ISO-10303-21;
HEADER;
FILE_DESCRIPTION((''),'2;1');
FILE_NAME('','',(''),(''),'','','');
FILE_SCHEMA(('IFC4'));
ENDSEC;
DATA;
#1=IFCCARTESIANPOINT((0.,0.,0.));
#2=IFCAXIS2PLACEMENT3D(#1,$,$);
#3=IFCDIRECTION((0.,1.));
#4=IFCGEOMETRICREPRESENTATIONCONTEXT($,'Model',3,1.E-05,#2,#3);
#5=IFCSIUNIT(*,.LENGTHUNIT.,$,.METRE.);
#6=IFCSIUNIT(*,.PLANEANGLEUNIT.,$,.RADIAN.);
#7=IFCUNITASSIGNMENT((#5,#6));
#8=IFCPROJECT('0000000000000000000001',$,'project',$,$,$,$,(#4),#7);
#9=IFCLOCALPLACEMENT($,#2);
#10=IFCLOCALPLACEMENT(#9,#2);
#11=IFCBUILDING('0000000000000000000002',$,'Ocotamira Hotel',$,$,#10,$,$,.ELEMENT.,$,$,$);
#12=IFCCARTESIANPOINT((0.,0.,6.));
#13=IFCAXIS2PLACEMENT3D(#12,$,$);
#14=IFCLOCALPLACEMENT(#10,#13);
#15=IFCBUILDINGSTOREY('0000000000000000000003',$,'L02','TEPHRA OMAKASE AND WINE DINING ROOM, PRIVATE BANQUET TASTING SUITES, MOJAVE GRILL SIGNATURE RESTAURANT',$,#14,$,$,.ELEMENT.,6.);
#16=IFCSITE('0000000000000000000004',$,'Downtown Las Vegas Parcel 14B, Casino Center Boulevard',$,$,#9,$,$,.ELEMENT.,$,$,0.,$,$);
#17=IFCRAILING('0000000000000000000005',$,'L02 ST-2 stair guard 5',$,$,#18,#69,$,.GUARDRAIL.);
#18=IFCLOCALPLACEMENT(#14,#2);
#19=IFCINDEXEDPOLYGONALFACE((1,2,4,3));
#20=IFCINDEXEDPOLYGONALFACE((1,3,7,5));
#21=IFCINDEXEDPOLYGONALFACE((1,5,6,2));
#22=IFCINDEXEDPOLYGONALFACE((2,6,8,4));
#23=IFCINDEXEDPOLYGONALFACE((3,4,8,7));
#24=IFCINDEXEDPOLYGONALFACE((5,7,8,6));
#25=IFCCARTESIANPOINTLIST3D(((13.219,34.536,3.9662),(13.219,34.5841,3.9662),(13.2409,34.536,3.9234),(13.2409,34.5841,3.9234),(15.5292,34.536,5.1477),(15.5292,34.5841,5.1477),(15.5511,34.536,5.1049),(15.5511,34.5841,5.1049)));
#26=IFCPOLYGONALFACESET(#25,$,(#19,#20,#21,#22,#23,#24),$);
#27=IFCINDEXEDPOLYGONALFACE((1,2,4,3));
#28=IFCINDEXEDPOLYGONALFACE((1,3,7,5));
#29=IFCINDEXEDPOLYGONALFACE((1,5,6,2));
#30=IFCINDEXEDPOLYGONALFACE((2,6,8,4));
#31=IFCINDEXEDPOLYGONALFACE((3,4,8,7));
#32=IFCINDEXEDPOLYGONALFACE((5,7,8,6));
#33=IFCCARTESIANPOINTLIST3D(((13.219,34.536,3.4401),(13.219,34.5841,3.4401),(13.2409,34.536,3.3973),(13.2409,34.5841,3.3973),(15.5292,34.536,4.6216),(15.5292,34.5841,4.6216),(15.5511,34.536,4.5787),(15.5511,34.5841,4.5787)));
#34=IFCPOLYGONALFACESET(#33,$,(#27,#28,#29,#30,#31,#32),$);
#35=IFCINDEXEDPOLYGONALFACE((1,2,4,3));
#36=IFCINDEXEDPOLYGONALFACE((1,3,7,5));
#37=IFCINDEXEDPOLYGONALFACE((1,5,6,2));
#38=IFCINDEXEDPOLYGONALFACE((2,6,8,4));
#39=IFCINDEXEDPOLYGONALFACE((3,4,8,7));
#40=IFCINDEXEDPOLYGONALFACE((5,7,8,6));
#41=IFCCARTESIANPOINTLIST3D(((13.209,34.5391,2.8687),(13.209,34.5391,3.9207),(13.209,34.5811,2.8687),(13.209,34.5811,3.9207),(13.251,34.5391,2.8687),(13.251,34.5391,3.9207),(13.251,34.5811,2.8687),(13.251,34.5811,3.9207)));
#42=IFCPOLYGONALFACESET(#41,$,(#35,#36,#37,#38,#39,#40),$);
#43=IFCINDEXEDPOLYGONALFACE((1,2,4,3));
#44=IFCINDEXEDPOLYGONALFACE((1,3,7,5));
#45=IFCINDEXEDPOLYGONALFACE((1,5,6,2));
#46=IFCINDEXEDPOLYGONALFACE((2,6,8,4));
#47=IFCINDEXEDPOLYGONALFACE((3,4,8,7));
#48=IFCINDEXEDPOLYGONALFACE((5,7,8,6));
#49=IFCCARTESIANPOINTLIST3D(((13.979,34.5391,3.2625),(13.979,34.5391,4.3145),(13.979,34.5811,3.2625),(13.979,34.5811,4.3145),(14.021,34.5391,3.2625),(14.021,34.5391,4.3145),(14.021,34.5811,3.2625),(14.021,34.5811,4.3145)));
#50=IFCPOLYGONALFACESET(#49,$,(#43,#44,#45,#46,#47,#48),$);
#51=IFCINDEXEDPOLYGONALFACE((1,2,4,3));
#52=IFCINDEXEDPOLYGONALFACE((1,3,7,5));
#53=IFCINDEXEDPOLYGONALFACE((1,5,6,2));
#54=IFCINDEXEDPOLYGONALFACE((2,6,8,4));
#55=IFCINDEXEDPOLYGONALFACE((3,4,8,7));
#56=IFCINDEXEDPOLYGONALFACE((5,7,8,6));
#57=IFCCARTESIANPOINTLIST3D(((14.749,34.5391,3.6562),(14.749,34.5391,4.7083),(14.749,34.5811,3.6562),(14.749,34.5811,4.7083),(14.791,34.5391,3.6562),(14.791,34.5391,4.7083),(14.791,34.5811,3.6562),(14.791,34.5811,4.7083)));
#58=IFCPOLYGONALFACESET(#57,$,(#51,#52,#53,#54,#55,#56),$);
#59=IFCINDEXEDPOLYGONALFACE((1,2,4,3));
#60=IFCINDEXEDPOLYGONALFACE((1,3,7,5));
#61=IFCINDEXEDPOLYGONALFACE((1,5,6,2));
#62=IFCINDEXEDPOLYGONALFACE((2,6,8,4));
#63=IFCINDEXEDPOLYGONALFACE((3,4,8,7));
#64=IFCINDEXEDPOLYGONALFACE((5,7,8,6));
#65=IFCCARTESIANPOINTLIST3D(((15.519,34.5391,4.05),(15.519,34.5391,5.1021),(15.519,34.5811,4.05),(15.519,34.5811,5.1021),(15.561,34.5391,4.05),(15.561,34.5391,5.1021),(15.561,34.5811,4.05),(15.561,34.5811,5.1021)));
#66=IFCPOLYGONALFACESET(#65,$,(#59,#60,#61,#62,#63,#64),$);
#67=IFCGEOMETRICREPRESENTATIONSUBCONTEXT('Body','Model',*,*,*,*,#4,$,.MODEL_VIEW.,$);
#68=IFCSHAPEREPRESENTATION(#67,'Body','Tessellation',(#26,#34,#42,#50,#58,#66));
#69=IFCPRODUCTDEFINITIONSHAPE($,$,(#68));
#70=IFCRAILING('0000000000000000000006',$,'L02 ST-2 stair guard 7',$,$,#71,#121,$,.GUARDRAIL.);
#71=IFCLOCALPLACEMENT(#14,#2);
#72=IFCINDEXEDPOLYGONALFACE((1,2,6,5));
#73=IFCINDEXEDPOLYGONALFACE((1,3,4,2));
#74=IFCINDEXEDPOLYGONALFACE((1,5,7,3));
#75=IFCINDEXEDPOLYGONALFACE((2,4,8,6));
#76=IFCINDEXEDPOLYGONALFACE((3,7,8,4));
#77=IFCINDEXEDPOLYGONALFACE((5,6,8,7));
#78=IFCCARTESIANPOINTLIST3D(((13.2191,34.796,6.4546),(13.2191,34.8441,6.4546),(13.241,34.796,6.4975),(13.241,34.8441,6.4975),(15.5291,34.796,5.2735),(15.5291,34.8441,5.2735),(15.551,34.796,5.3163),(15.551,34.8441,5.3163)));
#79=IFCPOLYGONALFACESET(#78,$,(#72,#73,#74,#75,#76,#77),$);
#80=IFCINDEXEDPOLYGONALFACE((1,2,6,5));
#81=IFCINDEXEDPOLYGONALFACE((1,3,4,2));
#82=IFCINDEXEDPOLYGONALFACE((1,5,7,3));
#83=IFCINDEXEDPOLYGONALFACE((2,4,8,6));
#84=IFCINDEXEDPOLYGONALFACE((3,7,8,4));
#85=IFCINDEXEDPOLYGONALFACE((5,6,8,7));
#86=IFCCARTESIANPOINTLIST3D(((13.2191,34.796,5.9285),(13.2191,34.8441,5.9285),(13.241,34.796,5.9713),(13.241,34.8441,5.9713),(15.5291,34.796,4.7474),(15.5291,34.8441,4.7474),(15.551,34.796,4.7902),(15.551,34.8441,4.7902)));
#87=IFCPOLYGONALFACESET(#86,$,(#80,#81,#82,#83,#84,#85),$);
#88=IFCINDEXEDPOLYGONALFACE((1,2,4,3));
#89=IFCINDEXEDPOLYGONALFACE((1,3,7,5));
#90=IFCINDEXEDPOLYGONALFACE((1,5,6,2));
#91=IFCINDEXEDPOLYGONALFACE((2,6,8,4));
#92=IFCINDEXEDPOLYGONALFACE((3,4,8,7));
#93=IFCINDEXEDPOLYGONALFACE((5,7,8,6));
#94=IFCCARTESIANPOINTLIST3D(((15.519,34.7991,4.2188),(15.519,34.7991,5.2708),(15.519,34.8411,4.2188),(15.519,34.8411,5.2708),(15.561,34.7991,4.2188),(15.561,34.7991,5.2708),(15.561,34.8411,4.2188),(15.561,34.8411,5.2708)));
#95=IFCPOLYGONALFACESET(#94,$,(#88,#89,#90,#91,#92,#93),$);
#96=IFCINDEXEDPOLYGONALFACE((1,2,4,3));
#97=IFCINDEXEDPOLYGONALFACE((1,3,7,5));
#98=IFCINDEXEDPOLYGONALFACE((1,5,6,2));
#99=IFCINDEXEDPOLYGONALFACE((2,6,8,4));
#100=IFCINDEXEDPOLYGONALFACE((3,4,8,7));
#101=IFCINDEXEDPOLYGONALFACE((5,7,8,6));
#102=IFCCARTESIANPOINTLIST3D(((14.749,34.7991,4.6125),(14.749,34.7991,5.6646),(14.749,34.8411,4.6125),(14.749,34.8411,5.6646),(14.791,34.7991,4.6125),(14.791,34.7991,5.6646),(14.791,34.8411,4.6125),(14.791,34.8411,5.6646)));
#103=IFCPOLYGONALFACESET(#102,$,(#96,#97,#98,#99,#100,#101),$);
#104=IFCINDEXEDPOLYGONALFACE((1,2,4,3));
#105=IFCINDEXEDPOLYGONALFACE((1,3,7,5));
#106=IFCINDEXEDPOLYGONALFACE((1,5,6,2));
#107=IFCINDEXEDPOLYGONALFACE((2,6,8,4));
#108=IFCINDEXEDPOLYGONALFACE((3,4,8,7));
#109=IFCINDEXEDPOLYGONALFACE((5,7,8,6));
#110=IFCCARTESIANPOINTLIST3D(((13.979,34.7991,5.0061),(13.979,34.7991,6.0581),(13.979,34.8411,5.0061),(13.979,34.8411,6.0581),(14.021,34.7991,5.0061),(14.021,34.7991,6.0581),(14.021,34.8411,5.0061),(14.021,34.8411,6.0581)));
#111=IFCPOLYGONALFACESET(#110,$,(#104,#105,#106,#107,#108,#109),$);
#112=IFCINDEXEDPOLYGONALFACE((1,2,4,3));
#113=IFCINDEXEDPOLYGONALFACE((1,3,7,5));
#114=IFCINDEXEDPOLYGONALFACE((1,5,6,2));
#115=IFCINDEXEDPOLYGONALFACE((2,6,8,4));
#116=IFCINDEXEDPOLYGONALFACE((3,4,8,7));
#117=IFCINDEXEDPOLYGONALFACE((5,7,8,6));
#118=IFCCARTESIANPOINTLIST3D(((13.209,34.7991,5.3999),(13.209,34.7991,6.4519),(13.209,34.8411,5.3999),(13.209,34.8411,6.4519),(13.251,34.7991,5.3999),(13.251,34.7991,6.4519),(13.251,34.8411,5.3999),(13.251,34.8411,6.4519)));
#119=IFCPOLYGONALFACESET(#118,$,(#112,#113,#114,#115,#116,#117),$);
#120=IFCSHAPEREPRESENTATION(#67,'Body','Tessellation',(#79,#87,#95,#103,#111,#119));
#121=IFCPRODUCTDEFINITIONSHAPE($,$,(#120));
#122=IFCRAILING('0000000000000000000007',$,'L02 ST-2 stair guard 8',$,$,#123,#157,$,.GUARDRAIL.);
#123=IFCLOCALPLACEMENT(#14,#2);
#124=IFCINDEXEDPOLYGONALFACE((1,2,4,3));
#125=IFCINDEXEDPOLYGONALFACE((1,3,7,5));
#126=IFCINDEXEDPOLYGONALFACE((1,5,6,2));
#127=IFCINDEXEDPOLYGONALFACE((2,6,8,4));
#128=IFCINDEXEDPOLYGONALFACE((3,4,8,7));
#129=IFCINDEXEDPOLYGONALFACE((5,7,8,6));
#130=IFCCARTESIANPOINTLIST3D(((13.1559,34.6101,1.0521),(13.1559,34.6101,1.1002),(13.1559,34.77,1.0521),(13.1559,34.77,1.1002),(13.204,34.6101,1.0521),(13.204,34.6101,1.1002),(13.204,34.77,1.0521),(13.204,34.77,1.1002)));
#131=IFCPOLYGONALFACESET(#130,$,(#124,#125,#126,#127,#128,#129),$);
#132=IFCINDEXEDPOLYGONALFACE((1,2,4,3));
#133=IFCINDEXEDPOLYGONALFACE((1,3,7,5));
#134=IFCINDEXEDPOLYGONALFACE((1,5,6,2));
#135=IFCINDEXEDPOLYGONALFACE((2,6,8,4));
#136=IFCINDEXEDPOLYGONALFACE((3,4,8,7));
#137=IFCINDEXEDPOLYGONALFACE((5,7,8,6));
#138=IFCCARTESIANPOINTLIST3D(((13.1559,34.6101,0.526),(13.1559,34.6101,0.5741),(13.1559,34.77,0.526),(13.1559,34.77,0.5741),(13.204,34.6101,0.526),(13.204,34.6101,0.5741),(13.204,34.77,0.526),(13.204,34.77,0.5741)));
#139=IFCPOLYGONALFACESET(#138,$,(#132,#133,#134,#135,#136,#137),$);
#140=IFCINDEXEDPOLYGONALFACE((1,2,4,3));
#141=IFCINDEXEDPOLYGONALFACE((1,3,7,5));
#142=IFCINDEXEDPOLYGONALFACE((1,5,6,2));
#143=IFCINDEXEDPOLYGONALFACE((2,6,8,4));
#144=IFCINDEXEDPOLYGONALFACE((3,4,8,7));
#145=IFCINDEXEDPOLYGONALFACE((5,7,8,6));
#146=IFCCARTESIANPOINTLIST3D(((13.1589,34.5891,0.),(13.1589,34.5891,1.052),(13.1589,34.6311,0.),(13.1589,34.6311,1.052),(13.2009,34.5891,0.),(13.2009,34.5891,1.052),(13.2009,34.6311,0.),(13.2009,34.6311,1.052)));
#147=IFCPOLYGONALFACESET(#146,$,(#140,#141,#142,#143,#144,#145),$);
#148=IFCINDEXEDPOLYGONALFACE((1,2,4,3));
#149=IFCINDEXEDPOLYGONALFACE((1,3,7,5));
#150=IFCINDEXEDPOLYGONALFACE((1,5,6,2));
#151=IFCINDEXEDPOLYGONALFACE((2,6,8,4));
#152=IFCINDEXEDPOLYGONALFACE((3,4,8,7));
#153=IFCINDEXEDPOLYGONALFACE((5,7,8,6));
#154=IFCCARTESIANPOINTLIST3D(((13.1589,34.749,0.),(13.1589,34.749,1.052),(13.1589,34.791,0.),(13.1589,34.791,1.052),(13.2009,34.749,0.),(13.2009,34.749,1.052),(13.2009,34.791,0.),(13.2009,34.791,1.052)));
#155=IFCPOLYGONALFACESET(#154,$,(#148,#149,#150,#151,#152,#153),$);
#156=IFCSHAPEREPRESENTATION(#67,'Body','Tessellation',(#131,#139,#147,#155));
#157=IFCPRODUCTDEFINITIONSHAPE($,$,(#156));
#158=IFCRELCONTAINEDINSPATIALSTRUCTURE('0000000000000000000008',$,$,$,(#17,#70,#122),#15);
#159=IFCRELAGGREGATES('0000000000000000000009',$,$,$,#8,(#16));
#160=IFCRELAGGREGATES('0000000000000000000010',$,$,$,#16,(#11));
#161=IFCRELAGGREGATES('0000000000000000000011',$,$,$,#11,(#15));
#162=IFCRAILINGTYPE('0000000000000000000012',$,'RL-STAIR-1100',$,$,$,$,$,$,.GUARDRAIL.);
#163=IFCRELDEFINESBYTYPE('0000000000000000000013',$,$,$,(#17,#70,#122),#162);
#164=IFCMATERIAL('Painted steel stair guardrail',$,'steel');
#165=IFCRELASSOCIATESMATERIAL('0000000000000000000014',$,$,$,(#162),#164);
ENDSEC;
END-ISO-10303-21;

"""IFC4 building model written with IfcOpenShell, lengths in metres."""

from ifc_helpers import new_model, si_unit, direction, frame, origin, origin_2d, place, context, subcontext, project, spatial, rectangle, extrude, material, type_object, element, save


model = new_model("IFC4")

# Units and contexts
model_context = context("Model", 3, precision=1e-05, world=origin(), true_north=direction((0.0, 1.0)))
body_context = subcontext(model_context, "Body", "Model", "MODEL_VIEW")
ifc_project = project(units=[si_unit("LENGTHUNIT", "METRE"), si_unit("PLANEANGLEUNIT", "RADIAN")], contexts=[model_context])

# Site, building, storey
site_placement = place(None, origin())
site = spatial("IfcSite", under=ifc_project, at=site_placement, Name="Downtown Las Vegas Parcel 14B, Casino Center Boulevard", CompositionType="ELEMENT", RefElevation=0.0)
building_placement = place(site_placement, origin())
building = spatial("IfcBuilding", under=site, at=building_placement, Name="Ocotamira Hotel", CompositionType="ELEMENT")
storey_placement = place(building_placement, frame((0.0, 0.0, 6.0)))
storey = spatial("IfcBuildingStorey", under=building, at=storey_placement, Name="L02", Description="TEPHRA OMAKASE AND WINE DINING ROOM, PRIVATE BANQUET TASTING SUITES, MOJAVE GRILL SIGNATURE RESTAURANT", CompositionType="ELEMENT", Elevation=6.0)

# Railings
ifc_material_1 = material(Name="Painted steel stair guardrail", Category="steel")
railing_type_1 = type_object("IfcRailingType", Name="RL-STAIR-1100", PredefinedType="GUARDRAIL", material=ifc_material_1)
railing_1_placement = place(storey_placement, frame((13.23, 34.5601, 2.8687)))
element("IfcRailing", 1, at=railing_1_placement, inside=storey, type_object=railing_type_1, Name="L02 ST-2 stair guard 5", PredefinedType="GUARDRAIL", context=body_context, shape_type="SweptSolid", body=[
    extrude(rectangle(XDim=0.0481, YDim=0.0481, at=origin_2d()), frame((0.0, 0.0, 1.0762), z_axis=(0.890325, 0.0, 0.455325), x_axis=(0.0, 1.0, 0.0)), (0.0, 0.0, 1.0), 2.5947),
    extrude(rectangle(XDim=0.0481, YDim=0.0481, at=origin_2d()), frame((0.0, 0.0, 0.55), z_axis=(0.890325, 0.0, 0.455325), x_axis=(0.0, 1.0, 0.0)), (0.0, 0.0, 1.0), 2.5947),
    extrude(rectangle(XDim=0.042, YDim=0.042, at=origin_2d()), origin(), (0.0, 0.0, 1.0), 1.052),
    extrude(rectangle(XDim=0.042, YDim=0.042, at=origin_2d()), frame((0.77, 0.0, 0.3938)), (0.0, 0.0, 1.0), 1.052),
    extrude(rectangle(XDim=0.042, YDim=0.042, at=origin_2d()), frame((1.54, 0.0, 0.7876)), (0.0, 0.0, 1.0), 1.052),
    extrude(rectangle(XDim=0.042, YDim=0.042, at=origin_2d()), frame((2.3101, 0.0, 1.1814)), (0.0, 0.0, 1.0), 1.052),
])
railing_2_placement = place(storey_placement, frame((15.54, 34.8201, 4.2188)))
element("IfcRailing", 2, at=railing_2_placement, inside=storey, type_object=railing_type_1, Name="L02 ST-2 stair guard 7", PredefinedType="GUARDRAIL", context=body_context, shape_type="SweptSolid", body=[
    extrude(rectangle(XDim=0.0481, YDim=0.0481, at=origin_2d()), frame((0.0, 0.0, 1.0762), z_axis=(-0.890363, 0.0, 0.45525), x_axis=(0.0, -1.0, 0.0)), (0.0, 0.0, 1.0), 2.5945),
    extrude(rectangle(XDim=0.0481, YDim=0.0481, at=origin_2d()), frame((0.0, 0.0, 0.55), z_axis=(-0.890363, 0.0, 0.45525), x_axis=(0.0, -1.0, 0.0)), (0.0, 0.0, 1.0), 2.5945),
    extrude(rectangle(XDim=0.042, YDim=0.042, at=origin_2d()), origin(), (0.0, 0.0, 1.0), 1.052),
    extrude(rectangle(XDim=0.042, YDim=0.042, at=origin_2d()), frame((-0.77, 0.0, 0.3938)), (0.0, 0.0, 1.0), 1.052),
    extrude(rectangle(XDim=0.042, YDim=0.042, at=origin_2d()), frame((-1.54, 0.0, 0.7874)), (0.0, 0.0, 1.0), 1.052),
    extrude(rectangle(XDim=0.042, YDim=0.042, at=origin_2d()), frame((-2.3101, 0.0, 1.1812)), (0.0, 0.0, 1.0), 1.052),
])
railing_3_placement = place(storey_placement, frame((13.1799, 34.6101, 0.0)))
element("IfcRailing", 3, at=railing_3_placement, inside=storey, type_object=railing_type_1, Name="L02 ST-2 stair guard 8", PredefinedType="GUARDRAIL", context=body_context, shape_type="SweptSolid", body=[
    extrude(rectangle(XDim=0.0481, YDim=0.0481, at=origin_2d()), frame((0.0, 0.0, 1.0762), z_axis=(0.0, 1.0, 0.0), x_axis=(-1.0, 0.0, 0.0)), (0.0, 0.0, 1.0), 0.1599),
    extrude(rectangle(XDim=0.0481, YDim=0.0481, at=origin_2d()), frame((0.0, 0.0, 0.55), z_axis=(0.0, 1.0, 0.0), x_axis=(-1.0, 0.0, 0.0)), (0.0, 0.0, 1.0), 0.1599),
    extrude(rectangle(XDim=0.042, YDim=0.042, at=origin_2d()), origin(), (0.0, 0.0, 1.0), 1.052),
    extrude(rectangle(XDim=0.042, YDim=0.042, at=origin_2d()), frame((0.0, 0.1599, 0.0)), (0.0, 0.0, 1.0), 1.052),
])

save(model, "model.ifc")
